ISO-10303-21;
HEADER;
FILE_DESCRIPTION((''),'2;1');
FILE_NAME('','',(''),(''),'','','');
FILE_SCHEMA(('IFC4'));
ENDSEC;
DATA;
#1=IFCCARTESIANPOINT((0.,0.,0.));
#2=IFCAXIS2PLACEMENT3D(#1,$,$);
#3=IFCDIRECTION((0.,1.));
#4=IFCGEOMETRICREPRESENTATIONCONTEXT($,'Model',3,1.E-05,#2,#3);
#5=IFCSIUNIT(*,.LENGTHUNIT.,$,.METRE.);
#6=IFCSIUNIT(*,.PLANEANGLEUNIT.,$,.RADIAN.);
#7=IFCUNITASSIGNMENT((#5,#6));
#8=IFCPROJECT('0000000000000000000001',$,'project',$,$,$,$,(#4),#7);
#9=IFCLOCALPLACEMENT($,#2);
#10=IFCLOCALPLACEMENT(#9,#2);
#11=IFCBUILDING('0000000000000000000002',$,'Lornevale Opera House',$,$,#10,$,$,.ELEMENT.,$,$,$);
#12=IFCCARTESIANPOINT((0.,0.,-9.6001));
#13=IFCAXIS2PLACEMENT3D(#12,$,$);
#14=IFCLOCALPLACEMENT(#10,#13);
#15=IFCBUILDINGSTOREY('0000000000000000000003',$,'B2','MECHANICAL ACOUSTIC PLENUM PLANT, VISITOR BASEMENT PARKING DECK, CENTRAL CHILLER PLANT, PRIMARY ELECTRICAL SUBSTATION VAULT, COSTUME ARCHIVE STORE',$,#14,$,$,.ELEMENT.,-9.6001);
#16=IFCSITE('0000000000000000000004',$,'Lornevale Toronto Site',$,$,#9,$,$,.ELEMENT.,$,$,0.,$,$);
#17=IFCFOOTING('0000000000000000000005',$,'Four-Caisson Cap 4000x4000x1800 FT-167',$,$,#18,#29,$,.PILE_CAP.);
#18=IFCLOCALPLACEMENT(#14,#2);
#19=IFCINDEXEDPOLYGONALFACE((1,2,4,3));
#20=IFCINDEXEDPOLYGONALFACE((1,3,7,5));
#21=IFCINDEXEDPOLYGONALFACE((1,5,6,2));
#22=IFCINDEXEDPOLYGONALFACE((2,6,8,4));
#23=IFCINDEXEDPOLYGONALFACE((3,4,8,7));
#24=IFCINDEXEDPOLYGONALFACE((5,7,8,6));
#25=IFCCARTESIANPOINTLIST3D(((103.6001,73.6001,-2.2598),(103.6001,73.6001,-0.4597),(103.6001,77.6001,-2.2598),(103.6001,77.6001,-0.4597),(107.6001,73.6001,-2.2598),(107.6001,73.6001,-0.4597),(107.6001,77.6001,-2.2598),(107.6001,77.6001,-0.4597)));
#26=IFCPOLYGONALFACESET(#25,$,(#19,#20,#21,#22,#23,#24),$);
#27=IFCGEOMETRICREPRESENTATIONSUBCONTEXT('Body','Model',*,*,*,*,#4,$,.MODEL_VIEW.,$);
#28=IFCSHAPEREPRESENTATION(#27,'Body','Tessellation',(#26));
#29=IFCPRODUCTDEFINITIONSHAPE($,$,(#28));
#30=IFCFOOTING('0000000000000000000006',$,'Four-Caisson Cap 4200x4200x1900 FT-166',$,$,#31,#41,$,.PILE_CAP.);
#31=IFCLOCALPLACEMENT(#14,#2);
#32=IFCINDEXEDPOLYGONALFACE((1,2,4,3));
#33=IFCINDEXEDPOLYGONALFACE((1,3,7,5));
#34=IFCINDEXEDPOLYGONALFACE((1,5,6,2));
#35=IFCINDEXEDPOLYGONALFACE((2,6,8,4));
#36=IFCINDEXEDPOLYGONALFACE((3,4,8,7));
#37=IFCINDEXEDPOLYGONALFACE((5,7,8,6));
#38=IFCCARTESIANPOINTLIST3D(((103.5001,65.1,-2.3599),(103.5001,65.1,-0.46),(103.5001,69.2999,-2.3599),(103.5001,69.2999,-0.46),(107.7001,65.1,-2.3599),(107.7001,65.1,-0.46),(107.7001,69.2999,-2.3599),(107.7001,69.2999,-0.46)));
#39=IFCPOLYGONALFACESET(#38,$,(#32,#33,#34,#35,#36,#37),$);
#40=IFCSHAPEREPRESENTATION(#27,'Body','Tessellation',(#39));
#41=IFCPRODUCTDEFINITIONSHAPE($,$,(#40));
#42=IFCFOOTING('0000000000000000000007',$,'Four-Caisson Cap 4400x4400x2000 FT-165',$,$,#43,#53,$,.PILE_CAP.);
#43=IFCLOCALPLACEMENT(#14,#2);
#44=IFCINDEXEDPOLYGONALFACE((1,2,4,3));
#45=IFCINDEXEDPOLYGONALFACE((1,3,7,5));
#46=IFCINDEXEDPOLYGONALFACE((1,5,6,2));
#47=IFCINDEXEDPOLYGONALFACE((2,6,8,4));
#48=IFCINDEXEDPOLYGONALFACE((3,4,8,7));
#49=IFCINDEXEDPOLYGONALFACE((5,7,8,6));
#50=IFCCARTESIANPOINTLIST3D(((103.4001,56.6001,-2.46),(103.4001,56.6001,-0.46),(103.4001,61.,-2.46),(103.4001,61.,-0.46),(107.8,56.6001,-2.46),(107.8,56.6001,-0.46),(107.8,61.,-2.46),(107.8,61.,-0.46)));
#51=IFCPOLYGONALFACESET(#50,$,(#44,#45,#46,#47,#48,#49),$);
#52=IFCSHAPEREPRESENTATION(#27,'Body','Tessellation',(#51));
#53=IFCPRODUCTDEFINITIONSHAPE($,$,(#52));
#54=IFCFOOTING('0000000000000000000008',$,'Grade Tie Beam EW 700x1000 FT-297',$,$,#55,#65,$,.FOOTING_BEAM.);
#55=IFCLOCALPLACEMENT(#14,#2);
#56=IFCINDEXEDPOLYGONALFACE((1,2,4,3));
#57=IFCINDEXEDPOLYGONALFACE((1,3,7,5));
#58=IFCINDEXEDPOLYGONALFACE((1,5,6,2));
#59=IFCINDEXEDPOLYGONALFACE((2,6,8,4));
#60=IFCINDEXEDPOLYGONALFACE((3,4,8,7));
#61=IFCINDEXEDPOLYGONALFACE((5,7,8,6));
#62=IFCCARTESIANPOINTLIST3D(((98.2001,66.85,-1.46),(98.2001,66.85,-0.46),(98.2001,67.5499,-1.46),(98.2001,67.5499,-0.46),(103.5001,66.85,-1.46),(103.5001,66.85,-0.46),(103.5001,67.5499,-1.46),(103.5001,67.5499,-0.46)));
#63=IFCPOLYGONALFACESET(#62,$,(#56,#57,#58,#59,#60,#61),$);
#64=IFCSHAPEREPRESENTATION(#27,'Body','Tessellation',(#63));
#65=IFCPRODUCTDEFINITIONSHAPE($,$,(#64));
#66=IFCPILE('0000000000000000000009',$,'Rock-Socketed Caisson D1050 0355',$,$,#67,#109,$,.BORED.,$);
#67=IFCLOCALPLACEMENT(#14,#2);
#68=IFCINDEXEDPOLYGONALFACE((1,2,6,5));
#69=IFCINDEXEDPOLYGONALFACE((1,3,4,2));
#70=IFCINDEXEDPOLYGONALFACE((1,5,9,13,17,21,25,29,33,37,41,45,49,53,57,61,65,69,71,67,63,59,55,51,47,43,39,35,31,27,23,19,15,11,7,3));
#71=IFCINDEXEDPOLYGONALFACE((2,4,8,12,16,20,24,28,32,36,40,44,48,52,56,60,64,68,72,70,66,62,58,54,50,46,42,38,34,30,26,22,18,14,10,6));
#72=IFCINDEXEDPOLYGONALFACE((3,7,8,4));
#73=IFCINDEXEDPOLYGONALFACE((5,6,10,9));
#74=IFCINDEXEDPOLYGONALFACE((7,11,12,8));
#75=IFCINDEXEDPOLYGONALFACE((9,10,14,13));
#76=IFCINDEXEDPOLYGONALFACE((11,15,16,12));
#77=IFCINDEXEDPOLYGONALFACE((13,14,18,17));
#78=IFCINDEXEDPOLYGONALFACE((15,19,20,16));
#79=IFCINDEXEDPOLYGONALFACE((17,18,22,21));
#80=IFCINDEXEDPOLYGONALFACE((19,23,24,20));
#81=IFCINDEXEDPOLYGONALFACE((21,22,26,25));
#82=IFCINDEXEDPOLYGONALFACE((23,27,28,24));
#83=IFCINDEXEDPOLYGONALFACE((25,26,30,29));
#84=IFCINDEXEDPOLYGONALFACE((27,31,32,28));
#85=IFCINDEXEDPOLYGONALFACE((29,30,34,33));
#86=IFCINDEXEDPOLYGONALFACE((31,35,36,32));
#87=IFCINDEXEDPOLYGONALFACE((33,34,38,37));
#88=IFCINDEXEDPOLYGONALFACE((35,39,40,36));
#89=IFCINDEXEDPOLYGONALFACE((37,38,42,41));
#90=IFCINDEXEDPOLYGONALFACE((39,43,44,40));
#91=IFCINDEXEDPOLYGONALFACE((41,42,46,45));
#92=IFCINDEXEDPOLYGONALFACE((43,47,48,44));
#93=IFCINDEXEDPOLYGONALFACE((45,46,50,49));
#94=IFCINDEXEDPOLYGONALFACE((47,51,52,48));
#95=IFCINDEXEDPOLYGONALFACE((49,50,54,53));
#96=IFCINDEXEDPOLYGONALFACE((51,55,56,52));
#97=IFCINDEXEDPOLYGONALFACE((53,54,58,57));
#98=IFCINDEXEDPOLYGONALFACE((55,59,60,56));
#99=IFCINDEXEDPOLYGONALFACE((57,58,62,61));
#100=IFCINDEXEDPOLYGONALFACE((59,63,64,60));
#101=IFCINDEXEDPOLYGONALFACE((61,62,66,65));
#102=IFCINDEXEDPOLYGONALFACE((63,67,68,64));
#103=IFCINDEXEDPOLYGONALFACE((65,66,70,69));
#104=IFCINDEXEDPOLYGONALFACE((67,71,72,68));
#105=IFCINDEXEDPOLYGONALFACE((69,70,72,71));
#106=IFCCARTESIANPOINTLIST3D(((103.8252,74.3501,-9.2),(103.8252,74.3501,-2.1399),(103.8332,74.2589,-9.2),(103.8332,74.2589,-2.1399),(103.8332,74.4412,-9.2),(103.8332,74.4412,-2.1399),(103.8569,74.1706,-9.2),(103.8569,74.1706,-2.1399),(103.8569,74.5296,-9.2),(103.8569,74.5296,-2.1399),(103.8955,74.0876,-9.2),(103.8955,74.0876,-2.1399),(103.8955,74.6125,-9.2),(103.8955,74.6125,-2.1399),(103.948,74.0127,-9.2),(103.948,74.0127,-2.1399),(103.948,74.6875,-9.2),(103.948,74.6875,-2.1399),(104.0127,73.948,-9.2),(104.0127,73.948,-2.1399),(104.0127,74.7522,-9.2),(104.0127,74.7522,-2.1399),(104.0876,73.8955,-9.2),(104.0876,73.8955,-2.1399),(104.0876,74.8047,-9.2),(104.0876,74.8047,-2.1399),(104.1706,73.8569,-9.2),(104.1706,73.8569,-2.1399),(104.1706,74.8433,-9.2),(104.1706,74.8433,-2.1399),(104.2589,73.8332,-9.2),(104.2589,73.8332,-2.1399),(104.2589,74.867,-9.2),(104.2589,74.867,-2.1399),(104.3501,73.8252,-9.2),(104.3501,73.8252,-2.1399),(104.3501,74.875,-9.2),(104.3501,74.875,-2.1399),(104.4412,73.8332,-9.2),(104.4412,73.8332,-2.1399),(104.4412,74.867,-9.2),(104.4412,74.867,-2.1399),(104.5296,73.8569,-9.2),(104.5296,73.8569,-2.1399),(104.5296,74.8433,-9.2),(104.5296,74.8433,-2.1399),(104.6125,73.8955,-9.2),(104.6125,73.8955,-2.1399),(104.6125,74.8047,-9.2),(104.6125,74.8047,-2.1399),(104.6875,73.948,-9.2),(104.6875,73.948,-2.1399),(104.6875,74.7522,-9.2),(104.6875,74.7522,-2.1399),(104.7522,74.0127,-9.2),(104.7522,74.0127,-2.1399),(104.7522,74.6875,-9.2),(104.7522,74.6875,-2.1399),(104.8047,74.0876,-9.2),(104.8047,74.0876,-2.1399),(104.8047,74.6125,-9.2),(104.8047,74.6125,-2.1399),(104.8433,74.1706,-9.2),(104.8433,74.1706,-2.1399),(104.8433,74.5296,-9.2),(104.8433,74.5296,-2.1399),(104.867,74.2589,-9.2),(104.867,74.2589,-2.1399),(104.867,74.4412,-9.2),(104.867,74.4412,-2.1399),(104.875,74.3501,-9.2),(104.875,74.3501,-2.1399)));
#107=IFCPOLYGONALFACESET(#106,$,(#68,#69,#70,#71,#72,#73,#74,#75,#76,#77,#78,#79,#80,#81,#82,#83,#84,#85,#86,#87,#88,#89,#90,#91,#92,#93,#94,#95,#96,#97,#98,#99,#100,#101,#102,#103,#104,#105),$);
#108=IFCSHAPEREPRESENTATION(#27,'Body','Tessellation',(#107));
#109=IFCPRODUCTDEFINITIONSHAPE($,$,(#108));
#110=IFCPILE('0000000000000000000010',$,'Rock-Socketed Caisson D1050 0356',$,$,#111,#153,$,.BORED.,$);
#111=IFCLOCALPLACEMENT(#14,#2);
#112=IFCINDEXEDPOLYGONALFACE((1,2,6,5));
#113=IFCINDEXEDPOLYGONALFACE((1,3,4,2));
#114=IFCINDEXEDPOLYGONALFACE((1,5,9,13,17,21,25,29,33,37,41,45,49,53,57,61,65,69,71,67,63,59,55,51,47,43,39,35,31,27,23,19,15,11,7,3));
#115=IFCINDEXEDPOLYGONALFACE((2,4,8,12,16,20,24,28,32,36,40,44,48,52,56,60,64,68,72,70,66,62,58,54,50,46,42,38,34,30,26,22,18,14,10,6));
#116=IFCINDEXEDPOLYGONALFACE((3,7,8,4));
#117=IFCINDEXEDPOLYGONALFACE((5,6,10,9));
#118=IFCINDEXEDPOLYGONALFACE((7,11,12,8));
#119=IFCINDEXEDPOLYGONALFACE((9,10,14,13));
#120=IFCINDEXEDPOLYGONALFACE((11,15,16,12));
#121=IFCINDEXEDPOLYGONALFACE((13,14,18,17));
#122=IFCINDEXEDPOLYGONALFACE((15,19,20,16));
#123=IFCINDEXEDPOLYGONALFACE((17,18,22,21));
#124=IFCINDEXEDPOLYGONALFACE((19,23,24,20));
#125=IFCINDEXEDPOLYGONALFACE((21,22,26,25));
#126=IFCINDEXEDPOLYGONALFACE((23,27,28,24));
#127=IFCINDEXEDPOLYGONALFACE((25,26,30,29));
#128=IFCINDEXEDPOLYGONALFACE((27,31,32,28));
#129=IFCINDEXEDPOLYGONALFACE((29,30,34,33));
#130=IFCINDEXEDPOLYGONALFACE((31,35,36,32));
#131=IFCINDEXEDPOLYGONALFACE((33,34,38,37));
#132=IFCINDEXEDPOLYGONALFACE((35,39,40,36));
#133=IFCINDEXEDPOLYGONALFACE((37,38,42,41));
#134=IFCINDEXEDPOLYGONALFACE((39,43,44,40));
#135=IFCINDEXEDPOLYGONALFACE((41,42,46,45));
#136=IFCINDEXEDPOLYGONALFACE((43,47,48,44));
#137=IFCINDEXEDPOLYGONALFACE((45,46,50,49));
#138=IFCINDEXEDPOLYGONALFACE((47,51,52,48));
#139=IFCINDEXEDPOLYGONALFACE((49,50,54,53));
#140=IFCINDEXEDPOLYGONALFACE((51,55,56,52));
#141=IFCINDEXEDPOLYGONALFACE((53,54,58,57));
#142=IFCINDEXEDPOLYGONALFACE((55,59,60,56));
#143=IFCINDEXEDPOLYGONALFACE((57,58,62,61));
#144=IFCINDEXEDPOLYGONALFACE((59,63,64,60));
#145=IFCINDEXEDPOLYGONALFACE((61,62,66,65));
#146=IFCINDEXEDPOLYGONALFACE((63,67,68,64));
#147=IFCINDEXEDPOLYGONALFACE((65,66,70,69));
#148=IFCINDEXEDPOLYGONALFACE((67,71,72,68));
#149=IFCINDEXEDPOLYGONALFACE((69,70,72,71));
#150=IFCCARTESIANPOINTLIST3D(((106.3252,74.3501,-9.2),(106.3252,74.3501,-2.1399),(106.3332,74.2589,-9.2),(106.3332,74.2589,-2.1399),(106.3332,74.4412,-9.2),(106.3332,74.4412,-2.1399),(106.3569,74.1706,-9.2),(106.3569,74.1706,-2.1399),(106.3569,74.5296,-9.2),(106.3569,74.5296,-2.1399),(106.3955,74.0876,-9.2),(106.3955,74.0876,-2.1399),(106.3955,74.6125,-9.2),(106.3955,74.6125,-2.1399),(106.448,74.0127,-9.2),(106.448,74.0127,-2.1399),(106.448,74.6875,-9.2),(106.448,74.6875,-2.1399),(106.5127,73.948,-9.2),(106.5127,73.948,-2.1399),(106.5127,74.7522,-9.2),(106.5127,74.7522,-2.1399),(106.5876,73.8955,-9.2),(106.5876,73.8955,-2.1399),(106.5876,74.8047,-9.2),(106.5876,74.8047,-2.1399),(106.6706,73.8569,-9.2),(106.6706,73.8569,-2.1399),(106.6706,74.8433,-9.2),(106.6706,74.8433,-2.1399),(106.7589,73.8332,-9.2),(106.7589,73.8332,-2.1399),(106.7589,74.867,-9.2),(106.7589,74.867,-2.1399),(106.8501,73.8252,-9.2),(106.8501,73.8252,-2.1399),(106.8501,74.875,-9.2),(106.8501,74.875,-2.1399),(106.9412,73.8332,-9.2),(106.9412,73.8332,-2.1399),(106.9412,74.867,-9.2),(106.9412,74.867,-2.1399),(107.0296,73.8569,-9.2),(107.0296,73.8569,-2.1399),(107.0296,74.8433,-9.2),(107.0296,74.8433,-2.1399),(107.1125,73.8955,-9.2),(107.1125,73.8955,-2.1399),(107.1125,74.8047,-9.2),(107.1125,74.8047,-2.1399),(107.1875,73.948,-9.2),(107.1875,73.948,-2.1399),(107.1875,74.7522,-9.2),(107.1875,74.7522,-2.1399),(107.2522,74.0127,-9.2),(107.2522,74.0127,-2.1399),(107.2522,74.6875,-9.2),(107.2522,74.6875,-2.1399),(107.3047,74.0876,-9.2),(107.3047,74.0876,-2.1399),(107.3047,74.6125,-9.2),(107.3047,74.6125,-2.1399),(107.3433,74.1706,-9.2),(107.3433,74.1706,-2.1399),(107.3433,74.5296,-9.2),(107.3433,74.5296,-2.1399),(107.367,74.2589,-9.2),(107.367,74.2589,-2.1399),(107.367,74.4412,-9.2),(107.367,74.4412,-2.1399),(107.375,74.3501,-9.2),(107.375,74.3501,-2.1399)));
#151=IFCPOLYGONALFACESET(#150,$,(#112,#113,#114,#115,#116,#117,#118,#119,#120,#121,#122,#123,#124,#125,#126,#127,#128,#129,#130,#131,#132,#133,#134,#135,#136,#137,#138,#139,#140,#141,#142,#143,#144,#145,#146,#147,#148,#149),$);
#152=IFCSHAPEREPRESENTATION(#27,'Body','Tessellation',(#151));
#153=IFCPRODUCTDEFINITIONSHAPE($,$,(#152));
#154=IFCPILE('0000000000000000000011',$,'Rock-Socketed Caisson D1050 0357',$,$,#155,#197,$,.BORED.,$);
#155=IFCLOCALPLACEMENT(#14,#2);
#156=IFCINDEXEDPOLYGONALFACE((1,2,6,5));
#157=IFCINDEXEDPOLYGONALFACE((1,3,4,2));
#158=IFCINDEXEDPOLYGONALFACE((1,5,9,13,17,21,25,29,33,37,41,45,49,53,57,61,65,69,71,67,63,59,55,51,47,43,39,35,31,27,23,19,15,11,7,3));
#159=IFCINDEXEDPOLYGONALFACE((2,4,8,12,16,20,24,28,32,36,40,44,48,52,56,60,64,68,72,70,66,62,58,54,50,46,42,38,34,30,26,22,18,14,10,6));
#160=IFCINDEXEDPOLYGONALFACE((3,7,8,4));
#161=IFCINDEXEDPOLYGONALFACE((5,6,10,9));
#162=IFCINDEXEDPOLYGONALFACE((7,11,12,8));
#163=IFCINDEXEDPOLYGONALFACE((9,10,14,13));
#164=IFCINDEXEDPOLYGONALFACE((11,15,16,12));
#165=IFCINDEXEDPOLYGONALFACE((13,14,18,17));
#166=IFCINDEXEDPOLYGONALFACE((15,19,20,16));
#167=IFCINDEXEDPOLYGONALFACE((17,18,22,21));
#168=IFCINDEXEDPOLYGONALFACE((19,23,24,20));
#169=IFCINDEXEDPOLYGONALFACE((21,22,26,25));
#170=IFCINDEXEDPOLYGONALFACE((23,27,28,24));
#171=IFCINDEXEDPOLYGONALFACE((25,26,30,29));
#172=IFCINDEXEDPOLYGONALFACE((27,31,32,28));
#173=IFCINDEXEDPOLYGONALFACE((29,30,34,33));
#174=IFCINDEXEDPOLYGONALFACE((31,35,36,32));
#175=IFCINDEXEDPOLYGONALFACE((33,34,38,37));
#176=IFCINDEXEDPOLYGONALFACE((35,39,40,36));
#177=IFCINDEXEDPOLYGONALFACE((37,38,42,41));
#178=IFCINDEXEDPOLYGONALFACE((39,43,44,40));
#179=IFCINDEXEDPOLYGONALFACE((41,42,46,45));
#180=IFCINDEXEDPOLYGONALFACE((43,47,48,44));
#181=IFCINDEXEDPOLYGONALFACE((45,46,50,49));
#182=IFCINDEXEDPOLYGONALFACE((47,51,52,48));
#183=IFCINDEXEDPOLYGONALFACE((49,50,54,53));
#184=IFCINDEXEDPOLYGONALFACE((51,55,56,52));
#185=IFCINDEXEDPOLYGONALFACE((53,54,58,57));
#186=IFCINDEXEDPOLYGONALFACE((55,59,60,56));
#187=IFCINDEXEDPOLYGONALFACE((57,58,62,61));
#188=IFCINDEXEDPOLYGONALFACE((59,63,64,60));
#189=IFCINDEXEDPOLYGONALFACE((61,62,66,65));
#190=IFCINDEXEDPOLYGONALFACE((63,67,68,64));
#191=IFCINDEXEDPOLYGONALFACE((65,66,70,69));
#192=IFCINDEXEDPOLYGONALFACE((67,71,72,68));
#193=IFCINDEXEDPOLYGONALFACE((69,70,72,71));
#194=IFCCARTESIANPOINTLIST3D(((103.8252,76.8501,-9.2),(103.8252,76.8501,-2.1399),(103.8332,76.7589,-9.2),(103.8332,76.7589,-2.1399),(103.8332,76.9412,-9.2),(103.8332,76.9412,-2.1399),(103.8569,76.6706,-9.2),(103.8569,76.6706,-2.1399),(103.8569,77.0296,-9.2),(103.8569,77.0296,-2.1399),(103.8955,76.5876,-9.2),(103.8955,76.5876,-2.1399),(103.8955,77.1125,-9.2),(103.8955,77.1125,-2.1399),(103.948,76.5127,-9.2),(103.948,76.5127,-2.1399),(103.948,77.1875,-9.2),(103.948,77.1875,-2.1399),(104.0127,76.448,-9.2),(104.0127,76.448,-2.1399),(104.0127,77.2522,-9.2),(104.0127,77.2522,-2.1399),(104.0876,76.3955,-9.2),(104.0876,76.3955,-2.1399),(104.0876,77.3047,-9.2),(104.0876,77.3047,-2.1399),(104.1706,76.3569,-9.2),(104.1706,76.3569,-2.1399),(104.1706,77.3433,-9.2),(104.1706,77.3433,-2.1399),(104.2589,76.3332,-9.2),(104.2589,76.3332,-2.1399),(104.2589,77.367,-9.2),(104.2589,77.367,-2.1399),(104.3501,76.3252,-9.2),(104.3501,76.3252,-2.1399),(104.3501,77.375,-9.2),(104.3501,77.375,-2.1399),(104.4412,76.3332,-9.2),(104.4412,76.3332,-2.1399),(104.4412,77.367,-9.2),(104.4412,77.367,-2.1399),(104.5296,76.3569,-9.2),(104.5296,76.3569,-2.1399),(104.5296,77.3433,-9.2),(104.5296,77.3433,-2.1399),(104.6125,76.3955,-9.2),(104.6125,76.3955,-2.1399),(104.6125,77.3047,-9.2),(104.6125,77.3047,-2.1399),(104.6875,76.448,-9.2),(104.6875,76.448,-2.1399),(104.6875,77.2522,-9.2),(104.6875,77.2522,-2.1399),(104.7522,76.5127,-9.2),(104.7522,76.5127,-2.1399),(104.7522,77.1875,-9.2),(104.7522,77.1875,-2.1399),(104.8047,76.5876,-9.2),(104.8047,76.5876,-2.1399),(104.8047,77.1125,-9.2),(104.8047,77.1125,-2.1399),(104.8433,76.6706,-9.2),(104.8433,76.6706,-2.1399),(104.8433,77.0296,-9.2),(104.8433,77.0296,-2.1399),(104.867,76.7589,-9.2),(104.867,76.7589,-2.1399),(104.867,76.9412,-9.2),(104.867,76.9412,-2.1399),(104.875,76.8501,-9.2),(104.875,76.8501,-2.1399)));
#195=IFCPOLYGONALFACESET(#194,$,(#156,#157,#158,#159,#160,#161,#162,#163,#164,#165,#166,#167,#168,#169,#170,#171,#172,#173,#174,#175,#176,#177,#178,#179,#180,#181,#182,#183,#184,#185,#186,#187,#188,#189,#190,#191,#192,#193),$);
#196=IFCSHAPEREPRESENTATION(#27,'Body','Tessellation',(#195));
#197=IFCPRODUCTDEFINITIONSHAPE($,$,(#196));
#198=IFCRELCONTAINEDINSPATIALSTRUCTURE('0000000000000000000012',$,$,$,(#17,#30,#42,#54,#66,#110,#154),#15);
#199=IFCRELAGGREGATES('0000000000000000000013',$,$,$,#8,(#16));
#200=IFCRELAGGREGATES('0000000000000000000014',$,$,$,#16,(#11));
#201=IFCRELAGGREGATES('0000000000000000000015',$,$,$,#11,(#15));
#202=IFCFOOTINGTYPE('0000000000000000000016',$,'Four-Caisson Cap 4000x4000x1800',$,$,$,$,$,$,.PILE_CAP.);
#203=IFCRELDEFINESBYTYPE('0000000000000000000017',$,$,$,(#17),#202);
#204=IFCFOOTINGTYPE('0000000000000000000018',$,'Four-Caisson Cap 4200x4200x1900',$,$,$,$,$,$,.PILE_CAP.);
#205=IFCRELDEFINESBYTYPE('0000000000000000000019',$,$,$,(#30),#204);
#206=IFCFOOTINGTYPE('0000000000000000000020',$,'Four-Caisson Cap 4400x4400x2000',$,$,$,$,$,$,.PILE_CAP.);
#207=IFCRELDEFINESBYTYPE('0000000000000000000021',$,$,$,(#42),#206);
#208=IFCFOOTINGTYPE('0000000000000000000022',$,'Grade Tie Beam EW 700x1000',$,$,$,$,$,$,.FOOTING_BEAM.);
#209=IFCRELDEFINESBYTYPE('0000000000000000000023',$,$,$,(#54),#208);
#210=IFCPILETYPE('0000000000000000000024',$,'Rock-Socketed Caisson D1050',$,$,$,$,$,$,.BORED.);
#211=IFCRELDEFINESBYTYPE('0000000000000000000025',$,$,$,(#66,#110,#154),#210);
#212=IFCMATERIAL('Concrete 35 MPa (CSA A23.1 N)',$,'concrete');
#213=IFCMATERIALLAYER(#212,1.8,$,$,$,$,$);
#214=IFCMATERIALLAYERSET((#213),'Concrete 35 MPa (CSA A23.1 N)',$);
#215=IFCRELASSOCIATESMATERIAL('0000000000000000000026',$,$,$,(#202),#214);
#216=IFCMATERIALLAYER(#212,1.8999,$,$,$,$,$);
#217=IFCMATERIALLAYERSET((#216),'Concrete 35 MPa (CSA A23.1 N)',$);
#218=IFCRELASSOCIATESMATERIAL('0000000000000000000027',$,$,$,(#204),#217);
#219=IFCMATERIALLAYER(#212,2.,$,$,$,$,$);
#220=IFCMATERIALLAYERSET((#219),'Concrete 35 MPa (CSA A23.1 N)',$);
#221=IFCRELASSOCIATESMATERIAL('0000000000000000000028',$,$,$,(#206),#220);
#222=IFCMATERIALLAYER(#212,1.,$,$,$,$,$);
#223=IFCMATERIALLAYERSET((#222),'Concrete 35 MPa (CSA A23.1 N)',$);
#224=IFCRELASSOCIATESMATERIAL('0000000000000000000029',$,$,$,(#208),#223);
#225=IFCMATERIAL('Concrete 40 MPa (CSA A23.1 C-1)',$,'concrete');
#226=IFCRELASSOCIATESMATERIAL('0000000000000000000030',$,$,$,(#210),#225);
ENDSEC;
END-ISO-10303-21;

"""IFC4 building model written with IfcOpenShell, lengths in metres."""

from ifc_helpers import new_model, si_unit, direction, frame, origin, origin_2d, place, context, subcontext, project, spatial, rectangle, circle, extrude, material, layer, layer_set, material_profile, profile_set, type_object, element, save


model = new_model("IFC4")

# Units and contexts
model_context = context("Model", 3, precision=1e-05, world=origin(), true_north=direction((0.0, 1.0)))
body_context = subcontext(model_context, "Body", "Model", "MODEL_VIEW")
ifc_project = project(units=[si_unit("LENGTHUNIT", "METRE"), si_unit("PLANEANGLEUNIT", "RADIAN")], contexts=[model_context])

# Site, building, storey
site_placement = place(None, origin())
site = spatial("IfcSite", under=ifc_project, at=site_placement, Name="Lornevale Toronto Site", CompositionType="ELEMENT", RefElevation=0.0)
building_placement = place(site_placement, origin())
building = spatial("IfcBuilding", under=site, at=building_placement, Name="Lornevale Opera House", CompositionType="ELEMENT")
storey_placement = place(building_placement, frame((0.0, 0.0, -9.6001)))
storey = spatial("IfcBuildingStorey", under=building, at=storey_placement, Name="B2", Description="MECHANICAL ACOUSTIC PLENUM PLANT, VISITOR BASEMENT PARKING DECK, CENTRAL CHILLER PLANT, PRIMARY ELECTRICAL SUBSTATION VAULT, COSTUME ARCHIVE STORE", CompositionType="ELEMENT", Elevation=-9.6001)

# Footings
ifc_material_1 = material(Name="Concrete 35 MPa (CSA A23.1 N)", Category="concrete")
ifc_layer_1 = layer(ifc_material_1, 1.8)
ifc_layer_set_1 = layer_set([ifc_layer_1], Name="Concrete 35 MPa (CSA A23.1 N)")
footing_type_1 = type_object("IfcFootingType", Name="Four-Caisson Cap 4000x4000x1800", PredefinedType="PILE_CAP", material=ifc_layer_set_1)
footing_1_placement = place(storey_placement, frame((105.6001, 75.6001, -2.2598), z_axis=(0.0, 0.0, 1.0), x_axis=(1.0, 0.0, 0.0)))
element("IfcFooting", 1, at=footing_1_placement, inside=storey, type_object=footing_type_1, Name="Four-Caisson Cap 4000x4000x1800 FT-167", PredefinedType="PILE_CAP", context=body_context, shape_type="SweptSolid", body=[
    extrude(rectangle(XDim=4.0, YDim=4.0, at=origin_2d()), origin(), (0.0, 0.0, 1.0), 1.8),
])
ifc_layer_2 = layer(ifc_material_1, 1.8999)
ifc_layer_set_2 = layer_set([ifc_layer_2], Name="Concrete 35 MPa (CSA A23.1 N)")
footing_type_2 = type_object("IfcFootingType", Name="Four-Caisson Cap 4200x4200x1900", PredefinedType="PILE_CAP", material=ifc_layer_set_2)
footing_2_placement = place(storey_placement, frame((105.6001, 67.2, -2.3599), z_axis=(0.0, 0.0, 1.0), x_axis=(1.0, 0.0, 0.0)))
element("IfcFooting", 2, at=footing_2_placement, inside=storey, type_object=footing_type_2, Name="Four-Caisson Cap 4200x4200x1900 FT-166", PredefinedType="PILE_CAP", context=body_context, shape_type="SweptSolid", body=[
    extrude(rectangle(XDim=4.2, YDim=4.2, at=origin_2d()), origin(), (0.0, 0.0, 1.0), 1.8999),
])
ifc_layer_3 = layer(ifc_material_1, 2.0)
ifc_layer_set_3 = layer_set([ifc_layer_3], Name="Concrete 35 MPa (CSA A23.1 N)")
footing_type_3 = type_object("IfcFootingType", Name="Four-Caisson Cap 4400x4400x2000", PredefinedType="PILE_CAP", material=ifc_layer_set_3)
footing_3_placement = place(storey_placement, frame((105.6001, 58.8, -2.46), z_axis=(0.0, 0.0, 1.0), x_axis=(1.0, 0.0, 0.0)))
element("IfcFooting", 3, at=footing_3_placement, inside=storey, type_object=footing_type_3, Name="Four-Caisson Cap 4400x4400x2000 FT-165", PredefinedType="PILE_CAP", context=body_context, shape_type="SweptSolid", body=[
    extrude(rectangle(XDim=4.3999, YDim=4.3999, at=origin_2d()), origin(), (0.0, 0.0, 1.0), 2.0),
])
ifc_layer_4 = layer(ifc_material_1, 1.0)
ifc_layer_set_4 = layer_set([ifc_layer_4], Name="Concrete 35 MPa (CSA A23.1 N)")
footing_type_4 = type_object("IfcFootingType", Name="Grade Tie Beam EW 700x1000", PredefinedType="FOOTING_BEAM", material=ifc_layer_set_4)
footing_4_placement = place(storey_placement, frame((100.8501, 67.2, -1.46), z_axis=(0.0, 0.0, 1.0), x_axis=(1.0, 0.0, 0.0)))
element("IfcFooting", 4, at=footing_4_placement, inside=storey, type_object=footing_type_4, Name="Grade Tie Beam EW 700x1000 FT-297", PredefinedType="FOOTING_BEAM", context=body_context, shape_type="SweptSolid", body=[
    extrude(rectangle(XDim=5.3, YDim=0.7, at=origin_2d()), origin(), (0.0, 0.0, 1.0), 1.0),
])

# Piles
ifc_material_2 = material(Name="Concrete 40 MPa (CSA A23.1 C-1)", Category="concrete")
ifc_material_profile_1 = material_profile(ifc_material_2, circle(Radius=0.5249, at=origin_2d()), Name="CAIS1050")
ifc_profile_set_1 = profile_set([ifc_material_profile_1], Name="Concrete 40 MPa (CSA A23.1 C-1)")
pile_type_1 = type_object("IfcPileType", Name="Rock-Socketed Caisson D1050", PredefinedType="BORED", material=ifc_profile_set_1)
for number, where, z_axis, x_axis, name in (
    (5, (104.3501, 74.3501, -2.1399), (0.0, 0.0, -1.0), (1.0, 0.0, 0.0), "Rock-Socketed Caisson D1050 0355"),
    (6, (106.8501, 74.3501, -2.1399), (0.0, 0.0, -1.0), (1.0, 0.0, 0.0), "Rock-Socketed Caisson D1050 0356"),
    (7, (104.3501, 76.8501, -2.1399), (0.0, 0.0, -1.0), (1.0, 0.0, 0.0), "Rock-Socketed Caisson D1050 0357"),
):
    element("IfcPile", number, at=place(storey_placement, frame(where, z_axis=z_axis, x_axis=x_axis)), inside=storey, type_object=pile_type_1, Name=name, PredefinedType="BORED", context=body_context, shape_type="SweptSolid", body=[
        extrude(circle(Radius=0.5249, at=origin_2d()), origin(), (0.0, 0.0, 1.0), 7.0601),
    ])

save(model, "model.ifc")
